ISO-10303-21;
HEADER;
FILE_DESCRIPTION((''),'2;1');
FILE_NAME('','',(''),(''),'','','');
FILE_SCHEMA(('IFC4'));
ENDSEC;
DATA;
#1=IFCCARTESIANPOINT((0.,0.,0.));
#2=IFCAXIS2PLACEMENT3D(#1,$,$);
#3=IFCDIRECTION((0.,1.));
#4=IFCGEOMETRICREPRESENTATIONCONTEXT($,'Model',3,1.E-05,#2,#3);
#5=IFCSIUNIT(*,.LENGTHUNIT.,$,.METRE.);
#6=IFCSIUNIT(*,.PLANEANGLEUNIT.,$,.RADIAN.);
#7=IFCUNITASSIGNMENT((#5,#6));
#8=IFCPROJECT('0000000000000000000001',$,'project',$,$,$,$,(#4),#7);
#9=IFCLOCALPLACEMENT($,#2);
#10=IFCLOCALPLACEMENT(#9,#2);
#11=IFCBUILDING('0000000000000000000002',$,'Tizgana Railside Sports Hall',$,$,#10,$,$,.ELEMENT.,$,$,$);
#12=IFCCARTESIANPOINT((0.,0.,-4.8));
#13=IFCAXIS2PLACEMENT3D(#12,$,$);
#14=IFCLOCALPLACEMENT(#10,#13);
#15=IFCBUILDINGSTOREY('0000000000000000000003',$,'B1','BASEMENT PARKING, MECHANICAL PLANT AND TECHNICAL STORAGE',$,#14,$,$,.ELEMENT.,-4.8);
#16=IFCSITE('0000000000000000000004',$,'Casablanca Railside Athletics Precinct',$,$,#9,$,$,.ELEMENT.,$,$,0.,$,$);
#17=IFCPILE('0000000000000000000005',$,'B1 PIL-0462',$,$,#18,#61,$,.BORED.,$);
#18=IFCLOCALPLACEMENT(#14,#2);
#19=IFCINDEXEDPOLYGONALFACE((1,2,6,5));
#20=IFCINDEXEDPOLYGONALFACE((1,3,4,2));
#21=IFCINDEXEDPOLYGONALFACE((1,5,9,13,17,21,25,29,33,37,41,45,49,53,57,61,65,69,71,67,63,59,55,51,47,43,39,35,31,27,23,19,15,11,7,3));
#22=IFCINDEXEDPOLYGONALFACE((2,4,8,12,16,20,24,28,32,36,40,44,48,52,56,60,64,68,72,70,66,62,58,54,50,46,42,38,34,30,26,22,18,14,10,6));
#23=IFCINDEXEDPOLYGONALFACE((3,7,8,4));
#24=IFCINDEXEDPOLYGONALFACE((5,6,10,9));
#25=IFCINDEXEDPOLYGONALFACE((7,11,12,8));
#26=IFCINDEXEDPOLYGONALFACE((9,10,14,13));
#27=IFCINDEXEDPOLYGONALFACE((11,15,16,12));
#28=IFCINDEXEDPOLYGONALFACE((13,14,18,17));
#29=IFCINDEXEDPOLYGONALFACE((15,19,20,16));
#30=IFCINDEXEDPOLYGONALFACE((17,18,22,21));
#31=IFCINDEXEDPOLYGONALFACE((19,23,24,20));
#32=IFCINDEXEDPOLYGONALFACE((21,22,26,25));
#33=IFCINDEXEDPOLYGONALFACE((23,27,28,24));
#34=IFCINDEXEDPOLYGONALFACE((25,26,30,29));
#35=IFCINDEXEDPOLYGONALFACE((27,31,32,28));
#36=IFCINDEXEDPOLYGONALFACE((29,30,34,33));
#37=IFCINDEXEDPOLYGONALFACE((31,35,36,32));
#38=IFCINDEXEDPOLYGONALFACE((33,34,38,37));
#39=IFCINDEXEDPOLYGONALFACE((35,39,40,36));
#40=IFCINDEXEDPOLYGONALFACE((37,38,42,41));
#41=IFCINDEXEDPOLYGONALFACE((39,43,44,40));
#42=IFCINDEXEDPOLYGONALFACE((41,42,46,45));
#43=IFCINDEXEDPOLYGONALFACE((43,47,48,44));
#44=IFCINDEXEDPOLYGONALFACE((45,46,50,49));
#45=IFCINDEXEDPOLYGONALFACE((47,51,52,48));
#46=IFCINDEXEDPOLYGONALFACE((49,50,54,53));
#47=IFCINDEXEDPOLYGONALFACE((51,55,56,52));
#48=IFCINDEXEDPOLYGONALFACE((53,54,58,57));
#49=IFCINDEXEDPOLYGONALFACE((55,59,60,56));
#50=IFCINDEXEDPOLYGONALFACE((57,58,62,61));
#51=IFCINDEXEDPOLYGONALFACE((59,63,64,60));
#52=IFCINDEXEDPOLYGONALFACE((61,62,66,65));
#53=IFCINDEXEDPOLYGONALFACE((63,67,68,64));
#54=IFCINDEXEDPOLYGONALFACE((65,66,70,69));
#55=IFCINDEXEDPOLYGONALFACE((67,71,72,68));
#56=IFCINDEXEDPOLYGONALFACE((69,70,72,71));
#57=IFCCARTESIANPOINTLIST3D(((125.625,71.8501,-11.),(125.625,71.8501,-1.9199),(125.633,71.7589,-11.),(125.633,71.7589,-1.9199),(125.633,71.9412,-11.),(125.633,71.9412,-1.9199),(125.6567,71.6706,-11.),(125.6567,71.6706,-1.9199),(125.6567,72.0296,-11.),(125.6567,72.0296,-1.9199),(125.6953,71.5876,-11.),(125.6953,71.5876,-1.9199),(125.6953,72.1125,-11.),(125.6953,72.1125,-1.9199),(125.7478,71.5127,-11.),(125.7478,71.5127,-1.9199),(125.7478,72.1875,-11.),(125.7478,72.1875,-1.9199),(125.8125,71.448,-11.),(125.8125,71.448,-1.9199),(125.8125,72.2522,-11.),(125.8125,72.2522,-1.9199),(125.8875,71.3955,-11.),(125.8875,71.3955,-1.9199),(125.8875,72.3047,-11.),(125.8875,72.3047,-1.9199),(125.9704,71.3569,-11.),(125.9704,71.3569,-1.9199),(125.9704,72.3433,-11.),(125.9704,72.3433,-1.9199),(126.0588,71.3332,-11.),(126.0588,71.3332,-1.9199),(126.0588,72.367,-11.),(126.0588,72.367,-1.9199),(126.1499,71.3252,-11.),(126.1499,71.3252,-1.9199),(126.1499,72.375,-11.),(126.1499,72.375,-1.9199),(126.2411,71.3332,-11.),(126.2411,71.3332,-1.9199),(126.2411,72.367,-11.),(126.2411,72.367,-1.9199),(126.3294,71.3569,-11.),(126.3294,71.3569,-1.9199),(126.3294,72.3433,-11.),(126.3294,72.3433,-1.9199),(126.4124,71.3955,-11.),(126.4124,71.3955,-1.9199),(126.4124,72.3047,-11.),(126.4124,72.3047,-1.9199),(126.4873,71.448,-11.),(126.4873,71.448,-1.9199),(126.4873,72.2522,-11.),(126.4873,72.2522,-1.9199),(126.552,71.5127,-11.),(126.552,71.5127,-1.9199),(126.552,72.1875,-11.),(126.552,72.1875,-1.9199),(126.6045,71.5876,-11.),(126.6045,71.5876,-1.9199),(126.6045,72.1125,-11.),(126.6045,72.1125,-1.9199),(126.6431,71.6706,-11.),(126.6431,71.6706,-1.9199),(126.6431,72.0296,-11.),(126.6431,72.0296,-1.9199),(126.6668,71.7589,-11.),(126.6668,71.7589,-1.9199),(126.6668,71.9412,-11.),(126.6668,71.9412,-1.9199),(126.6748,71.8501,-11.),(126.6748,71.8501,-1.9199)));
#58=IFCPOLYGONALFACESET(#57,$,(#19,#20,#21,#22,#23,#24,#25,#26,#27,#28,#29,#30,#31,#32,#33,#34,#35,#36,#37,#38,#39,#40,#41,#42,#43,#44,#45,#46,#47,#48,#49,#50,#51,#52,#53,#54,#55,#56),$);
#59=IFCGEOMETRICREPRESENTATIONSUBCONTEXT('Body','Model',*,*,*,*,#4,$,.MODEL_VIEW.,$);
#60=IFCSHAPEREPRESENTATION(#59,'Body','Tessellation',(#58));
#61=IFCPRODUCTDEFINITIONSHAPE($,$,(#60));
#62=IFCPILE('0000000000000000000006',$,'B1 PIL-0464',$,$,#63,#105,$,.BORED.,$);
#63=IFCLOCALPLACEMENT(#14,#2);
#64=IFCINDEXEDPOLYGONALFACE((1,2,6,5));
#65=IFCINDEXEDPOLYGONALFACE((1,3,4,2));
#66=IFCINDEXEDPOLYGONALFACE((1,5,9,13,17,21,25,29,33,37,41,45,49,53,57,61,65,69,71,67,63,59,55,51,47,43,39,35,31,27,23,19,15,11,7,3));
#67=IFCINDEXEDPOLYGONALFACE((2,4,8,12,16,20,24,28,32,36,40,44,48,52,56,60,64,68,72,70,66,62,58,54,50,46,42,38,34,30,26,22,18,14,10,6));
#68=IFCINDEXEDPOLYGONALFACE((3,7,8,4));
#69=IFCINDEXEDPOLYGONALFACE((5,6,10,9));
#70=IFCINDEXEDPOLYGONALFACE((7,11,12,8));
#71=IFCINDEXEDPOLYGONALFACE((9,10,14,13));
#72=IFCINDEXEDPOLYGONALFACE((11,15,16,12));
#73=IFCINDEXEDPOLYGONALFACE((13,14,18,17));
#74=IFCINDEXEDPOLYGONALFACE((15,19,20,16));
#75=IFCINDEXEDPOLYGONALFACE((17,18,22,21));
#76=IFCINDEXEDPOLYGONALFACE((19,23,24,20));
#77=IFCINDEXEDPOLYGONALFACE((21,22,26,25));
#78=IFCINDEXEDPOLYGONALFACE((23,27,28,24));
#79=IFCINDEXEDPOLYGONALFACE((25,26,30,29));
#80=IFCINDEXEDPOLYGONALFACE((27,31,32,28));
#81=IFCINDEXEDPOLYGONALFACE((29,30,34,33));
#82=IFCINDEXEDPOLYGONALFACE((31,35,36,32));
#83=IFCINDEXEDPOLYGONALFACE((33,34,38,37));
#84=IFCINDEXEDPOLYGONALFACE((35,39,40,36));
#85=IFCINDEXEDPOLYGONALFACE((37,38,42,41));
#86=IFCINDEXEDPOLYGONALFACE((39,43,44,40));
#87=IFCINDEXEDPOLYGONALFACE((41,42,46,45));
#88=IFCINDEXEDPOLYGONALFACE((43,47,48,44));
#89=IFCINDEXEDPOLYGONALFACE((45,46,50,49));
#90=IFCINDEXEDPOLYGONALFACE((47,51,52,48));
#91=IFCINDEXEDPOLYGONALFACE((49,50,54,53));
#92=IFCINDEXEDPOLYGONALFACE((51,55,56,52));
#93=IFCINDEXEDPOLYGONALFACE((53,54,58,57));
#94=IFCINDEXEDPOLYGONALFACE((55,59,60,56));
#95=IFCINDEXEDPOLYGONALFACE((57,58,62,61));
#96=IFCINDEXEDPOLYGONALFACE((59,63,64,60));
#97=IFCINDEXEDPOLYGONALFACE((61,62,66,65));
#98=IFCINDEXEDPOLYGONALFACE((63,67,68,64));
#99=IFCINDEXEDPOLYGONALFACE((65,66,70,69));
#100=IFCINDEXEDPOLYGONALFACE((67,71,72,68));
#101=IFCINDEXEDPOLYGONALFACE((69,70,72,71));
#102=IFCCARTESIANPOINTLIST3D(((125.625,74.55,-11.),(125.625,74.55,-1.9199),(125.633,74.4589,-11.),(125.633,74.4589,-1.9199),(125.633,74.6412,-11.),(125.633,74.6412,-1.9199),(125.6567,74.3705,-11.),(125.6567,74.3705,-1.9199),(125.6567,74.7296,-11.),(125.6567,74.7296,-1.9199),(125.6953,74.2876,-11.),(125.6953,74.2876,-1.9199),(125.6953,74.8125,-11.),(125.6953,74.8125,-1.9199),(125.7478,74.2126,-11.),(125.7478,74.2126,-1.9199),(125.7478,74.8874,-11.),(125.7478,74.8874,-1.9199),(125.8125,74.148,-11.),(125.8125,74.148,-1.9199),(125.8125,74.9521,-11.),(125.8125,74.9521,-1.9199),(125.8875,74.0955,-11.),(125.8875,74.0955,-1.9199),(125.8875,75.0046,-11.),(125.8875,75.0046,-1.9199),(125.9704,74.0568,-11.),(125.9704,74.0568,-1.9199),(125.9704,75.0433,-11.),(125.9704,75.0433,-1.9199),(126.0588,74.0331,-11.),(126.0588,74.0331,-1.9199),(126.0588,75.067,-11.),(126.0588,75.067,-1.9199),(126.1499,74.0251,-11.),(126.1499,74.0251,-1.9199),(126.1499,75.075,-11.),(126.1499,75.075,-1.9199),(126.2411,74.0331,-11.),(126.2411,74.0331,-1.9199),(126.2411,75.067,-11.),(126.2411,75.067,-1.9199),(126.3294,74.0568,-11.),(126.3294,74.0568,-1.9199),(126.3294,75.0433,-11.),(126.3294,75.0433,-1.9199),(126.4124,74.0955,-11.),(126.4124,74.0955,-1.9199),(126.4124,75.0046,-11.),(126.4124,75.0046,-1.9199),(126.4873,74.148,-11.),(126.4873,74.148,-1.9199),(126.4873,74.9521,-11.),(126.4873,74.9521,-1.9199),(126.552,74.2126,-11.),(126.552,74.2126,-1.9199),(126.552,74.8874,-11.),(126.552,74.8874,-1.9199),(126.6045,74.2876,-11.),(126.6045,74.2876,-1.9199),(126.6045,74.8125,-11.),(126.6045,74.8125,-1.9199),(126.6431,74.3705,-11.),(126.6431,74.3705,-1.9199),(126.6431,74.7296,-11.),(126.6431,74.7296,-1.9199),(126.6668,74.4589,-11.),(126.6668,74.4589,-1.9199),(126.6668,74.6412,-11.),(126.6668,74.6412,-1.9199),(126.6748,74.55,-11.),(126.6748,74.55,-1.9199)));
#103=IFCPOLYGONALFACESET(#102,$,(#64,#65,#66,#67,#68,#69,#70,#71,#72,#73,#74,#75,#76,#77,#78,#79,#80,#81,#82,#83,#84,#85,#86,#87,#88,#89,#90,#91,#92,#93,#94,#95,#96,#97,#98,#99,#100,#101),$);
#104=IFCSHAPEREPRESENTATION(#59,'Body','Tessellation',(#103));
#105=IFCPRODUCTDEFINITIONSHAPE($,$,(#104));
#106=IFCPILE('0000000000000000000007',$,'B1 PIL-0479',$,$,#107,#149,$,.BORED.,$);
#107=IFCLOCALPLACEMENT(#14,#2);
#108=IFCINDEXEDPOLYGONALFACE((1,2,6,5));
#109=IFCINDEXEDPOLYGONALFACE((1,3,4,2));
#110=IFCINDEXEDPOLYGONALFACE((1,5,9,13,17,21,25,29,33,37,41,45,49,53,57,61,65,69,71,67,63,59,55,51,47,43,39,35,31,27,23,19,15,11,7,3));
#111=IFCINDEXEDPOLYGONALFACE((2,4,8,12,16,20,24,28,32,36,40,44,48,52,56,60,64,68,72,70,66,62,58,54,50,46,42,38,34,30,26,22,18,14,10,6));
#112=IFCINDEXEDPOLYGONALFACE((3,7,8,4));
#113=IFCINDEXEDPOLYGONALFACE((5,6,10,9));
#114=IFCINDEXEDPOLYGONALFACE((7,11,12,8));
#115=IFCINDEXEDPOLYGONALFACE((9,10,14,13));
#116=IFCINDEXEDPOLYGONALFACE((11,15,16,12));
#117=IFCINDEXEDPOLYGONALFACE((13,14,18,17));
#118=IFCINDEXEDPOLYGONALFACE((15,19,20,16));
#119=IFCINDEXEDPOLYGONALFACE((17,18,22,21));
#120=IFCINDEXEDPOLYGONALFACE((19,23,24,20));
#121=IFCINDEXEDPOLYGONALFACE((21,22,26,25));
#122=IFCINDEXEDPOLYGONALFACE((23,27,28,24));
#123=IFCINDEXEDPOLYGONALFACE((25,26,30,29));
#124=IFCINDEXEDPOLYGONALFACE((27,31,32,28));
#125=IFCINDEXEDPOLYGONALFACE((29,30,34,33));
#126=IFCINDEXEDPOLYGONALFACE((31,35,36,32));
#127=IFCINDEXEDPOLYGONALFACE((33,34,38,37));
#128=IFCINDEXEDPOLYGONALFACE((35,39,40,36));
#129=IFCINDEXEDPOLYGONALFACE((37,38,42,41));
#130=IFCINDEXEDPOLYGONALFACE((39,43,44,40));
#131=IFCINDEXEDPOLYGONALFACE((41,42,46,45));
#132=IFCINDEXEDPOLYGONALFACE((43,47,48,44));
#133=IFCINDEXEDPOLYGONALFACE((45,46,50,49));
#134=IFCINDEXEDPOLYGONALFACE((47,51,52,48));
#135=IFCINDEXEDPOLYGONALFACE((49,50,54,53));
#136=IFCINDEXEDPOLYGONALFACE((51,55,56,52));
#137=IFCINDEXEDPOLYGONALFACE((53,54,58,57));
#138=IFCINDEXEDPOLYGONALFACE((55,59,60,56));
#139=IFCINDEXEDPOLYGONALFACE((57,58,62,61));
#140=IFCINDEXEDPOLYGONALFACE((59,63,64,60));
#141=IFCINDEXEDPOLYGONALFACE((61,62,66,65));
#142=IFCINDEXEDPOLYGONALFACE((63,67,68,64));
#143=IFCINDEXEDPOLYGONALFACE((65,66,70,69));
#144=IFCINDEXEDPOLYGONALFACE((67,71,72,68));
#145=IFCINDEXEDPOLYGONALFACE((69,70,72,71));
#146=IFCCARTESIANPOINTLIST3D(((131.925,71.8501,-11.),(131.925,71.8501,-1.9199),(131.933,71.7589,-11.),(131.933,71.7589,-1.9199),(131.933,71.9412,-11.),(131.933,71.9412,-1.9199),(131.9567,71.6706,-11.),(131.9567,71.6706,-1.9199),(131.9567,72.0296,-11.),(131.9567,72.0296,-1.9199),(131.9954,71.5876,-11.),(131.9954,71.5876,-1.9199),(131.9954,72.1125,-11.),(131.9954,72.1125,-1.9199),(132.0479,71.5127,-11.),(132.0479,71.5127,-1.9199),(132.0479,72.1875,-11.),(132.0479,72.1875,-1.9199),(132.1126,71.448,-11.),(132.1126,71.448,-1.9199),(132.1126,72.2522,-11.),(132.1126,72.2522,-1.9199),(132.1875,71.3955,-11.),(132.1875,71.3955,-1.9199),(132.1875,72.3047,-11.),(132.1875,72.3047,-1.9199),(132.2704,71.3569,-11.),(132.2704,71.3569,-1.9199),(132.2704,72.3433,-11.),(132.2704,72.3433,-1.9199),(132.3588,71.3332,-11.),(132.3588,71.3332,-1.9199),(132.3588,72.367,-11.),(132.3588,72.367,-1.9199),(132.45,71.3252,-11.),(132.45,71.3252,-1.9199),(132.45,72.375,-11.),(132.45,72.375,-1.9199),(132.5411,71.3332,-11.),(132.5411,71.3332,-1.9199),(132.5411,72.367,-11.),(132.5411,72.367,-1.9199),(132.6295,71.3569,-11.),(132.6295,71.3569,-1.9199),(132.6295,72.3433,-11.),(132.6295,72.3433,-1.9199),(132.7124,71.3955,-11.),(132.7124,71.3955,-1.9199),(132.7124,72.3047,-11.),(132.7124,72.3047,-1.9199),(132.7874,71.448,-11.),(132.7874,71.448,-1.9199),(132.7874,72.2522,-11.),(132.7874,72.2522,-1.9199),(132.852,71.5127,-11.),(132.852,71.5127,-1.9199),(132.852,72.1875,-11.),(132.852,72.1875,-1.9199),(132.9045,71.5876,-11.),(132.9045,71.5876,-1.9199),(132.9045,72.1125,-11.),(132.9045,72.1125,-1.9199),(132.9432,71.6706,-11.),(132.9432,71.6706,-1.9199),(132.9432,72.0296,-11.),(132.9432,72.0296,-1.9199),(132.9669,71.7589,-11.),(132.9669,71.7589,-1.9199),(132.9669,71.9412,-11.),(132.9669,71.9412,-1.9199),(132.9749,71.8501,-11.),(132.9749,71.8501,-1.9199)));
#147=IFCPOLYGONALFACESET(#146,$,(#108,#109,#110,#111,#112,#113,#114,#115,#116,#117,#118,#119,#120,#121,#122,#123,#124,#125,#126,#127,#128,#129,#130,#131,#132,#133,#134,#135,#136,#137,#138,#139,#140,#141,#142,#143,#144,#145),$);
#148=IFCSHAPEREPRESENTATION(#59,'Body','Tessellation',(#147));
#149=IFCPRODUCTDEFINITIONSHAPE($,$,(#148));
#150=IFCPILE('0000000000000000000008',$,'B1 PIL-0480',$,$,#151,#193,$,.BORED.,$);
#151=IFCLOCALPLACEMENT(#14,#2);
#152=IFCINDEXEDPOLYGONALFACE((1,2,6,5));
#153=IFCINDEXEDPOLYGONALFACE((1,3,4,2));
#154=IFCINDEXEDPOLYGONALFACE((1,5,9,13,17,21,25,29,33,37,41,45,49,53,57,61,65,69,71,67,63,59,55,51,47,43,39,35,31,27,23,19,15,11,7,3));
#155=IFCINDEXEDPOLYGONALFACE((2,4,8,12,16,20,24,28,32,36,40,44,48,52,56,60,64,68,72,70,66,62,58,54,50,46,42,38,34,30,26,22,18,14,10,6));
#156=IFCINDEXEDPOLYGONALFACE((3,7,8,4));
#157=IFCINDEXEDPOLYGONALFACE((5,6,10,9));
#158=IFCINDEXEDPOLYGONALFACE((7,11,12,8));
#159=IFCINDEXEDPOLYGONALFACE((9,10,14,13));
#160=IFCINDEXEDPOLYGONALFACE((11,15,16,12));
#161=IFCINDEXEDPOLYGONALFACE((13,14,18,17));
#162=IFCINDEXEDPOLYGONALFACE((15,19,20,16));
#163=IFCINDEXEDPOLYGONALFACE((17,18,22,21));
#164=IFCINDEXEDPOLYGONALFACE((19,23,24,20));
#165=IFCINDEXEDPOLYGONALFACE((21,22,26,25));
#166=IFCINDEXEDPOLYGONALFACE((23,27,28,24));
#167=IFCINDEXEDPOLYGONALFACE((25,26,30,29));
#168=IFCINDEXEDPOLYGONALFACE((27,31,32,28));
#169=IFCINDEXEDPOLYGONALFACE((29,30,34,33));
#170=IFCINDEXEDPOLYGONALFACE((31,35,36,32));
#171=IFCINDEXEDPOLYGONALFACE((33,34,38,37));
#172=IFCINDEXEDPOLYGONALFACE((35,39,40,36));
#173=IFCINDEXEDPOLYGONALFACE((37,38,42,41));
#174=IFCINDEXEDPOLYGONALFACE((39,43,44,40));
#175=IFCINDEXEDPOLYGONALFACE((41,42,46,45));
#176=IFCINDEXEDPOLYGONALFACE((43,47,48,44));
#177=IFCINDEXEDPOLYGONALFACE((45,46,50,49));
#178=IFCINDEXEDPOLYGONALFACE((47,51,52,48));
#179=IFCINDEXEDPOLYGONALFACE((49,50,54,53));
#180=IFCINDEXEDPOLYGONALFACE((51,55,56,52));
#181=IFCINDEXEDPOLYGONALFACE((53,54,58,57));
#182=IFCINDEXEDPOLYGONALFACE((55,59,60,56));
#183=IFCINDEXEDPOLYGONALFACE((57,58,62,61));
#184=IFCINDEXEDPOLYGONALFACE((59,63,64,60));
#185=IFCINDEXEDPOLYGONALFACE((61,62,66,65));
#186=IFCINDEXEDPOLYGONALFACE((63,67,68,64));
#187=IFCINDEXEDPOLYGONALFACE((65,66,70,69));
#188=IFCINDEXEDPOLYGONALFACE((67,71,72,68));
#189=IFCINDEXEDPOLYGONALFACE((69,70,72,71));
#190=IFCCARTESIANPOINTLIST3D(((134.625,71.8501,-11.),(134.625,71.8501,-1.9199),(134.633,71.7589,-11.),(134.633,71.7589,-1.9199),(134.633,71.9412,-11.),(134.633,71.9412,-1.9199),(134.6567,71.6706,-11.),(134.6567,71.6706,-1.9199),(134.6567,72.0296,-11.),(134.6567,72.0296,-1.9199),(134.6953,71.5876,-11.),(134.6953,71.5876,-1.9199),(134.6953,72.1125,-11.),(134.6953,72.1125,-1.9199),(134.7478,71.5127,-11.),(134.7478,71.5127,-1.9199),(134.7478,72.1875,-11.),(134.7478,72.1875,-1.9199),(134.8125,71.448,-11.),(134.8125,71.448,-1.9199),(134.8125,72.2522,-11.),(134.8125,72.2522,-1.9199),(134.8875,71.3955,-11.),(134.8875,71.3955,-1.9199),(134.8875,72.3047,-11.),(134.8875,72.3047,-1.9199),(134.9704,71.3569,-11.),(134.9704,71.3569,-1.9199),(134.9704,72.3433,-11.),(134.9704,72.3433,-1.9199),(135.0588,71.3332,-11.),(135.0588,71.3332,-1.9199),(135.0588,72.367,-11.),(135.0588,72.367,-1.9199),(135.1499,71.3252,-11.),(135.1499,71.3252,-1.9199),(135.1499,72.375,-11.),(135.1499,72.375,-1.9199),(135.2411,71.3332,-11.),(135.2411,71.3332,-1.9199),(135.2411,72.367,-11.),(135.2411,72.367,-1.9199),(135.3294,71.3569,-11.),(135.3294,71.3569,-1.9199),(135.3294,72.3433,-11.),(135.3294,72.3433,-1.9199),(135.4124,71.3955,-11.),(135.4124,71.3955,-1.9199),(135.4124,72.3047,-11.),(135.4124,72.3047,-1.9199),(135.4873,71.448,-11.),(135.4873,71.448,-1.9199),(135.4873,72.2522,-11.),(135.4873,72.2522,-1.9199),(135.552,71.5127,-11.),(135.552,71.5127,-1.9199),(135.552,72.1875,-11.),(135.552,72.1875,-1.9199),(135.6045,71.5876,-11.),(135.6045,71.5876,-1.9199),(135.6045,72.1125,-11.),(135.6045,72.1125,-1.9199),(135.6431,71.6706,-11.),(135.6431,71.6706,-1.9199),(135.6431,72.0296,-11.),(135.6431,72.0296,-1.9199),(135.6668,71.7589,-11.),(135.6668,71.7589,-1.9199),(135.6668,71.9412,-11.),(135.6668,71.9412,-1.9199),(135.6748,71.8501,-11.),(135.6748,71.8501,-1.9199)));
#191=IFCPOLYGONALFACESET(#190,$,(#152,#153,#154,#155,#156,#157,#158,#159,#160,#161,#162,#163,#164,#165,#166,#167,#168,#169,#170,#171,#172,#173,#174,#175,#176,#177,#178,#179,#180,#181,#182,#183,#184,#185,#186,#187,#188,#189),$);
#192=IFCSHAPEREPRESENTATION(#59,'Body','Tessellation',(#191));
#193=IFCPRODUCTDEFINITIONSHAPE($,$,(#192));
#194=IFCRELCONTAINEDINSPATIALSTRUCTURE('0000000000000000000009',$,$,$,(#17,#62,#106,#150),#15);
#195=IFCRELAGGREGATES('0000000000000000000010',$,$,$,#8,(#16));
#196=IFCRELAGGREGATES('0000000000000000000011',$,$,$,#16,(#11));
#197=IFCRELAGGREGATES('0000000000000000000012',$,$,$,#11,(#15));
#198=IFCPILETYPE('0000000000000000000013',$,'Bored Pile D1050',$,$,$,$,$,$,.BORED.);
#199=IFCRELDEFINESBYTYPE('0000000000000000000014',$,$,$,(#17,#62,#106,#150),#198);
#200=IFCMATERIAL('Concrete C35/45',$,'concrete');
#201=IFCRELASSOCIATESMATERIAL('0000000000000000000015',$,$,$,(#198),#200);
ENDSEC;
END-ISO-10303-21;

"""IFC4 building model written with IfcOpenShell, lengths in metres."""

from ifc_helpers import new_model, si_unit, direction, frame, origin, origin_2d, place, context, subcontext, project, spatial, circle, extrude, material, material_profile, profile_set, type_object, element, save


model = new_model("IFC4")

# Units and contexts
model_context = context("Model", 3, precision=1e-05, world=origin(), true_north=direction((0.0, 1.0)))
body_context = subcontext(model_context, "Body", "Model", "MODEL_VIEW")
ifc_project = project(units=[si_unit("LENGTHUNIT", "METRE"), si_unit("PLANEANGLEUNIT", "RADIAN")], contexts=[model_context])

# Site, building, storey
site_placement = place(None, origin())
site = spatial("IfcSite", under=ifc_project, at=site_placement, Name="Casablanca Railside Athletics Precinct", CompositionType="ELEMENT", RefElevation=0.0)
building_placement = place(site_placement, origin())
building = spatial("IfcBuilding", under=site, at=building_placement, Name="Tizgana Railside Sports Hall", CompositionType="ELEMENT")
storey_placement = place(building_placement, frame((0.0, 0.0, -4.8)))
storey = spatial("IfcBuildingStorey", under=building, at=storey_placement, Name="B1", Description="BASEMENT PARKING, MECHANICAL PLANT AND TECHNICAL STORAGE", CompositionType="ELEMENT", Elevation=-4.8)

# Piles
ifc_material_1 = material(Name="Concrete C35/45", Category="concrete")
ifc_material_profile_1 = material_profile(ifc_material_1, circle(Radius=0.5249, at=origin_2d()), Name="PILE D1050")
ifc_profile_set_1 = profile_set([ifc_material_profile_1], Name="Concrete C35/45")
pile_type_1 = type_object("IfcPileType", Name="Bored Pile D1050", PredefinedType="BORED", material=ifc_profile_set_1)
for number, where, z_axis, x_axis, name in (
    (1, (126.1499, 71.8501, -1.9199), (0.0, 0.0, -1.0), (1.0, 0.0, 0.0), "B1 PIL-0462"),
    (2, (126.1499, 74.55, -1.9199), (0.0, 0.0, -1.0), (1.0, 0.0, 0.0), "B1 PIL-0464"),
    (3, (132.45, 71.8501, -1.9199), (0.0, 0.0, -1.0), (1.0, 0.0, 0.0), "B1 PIL-0479"),
    (4, (135.1499, 71.8501, -1.9199), (0.0, 0.0, -1.0), (1.0, 0.0, 0.0), "B1 PIL-0480"),
):
    element("IfcPile", number, at=place(storey_placement, frame(where, z_axis=z_axis, x_axis=x_axis)), inside=storey, type_object=pile_type_1, Name=name, PredefinedType="BORED", context=body_context, shape_type="SweptSolid", body=[
        extrude(circle(Radius=0.5249, at=origin_2d()), origin(), (0.0, 0.0, 1.0), 9.0801),
    ])

save(model, "model.ifc")
